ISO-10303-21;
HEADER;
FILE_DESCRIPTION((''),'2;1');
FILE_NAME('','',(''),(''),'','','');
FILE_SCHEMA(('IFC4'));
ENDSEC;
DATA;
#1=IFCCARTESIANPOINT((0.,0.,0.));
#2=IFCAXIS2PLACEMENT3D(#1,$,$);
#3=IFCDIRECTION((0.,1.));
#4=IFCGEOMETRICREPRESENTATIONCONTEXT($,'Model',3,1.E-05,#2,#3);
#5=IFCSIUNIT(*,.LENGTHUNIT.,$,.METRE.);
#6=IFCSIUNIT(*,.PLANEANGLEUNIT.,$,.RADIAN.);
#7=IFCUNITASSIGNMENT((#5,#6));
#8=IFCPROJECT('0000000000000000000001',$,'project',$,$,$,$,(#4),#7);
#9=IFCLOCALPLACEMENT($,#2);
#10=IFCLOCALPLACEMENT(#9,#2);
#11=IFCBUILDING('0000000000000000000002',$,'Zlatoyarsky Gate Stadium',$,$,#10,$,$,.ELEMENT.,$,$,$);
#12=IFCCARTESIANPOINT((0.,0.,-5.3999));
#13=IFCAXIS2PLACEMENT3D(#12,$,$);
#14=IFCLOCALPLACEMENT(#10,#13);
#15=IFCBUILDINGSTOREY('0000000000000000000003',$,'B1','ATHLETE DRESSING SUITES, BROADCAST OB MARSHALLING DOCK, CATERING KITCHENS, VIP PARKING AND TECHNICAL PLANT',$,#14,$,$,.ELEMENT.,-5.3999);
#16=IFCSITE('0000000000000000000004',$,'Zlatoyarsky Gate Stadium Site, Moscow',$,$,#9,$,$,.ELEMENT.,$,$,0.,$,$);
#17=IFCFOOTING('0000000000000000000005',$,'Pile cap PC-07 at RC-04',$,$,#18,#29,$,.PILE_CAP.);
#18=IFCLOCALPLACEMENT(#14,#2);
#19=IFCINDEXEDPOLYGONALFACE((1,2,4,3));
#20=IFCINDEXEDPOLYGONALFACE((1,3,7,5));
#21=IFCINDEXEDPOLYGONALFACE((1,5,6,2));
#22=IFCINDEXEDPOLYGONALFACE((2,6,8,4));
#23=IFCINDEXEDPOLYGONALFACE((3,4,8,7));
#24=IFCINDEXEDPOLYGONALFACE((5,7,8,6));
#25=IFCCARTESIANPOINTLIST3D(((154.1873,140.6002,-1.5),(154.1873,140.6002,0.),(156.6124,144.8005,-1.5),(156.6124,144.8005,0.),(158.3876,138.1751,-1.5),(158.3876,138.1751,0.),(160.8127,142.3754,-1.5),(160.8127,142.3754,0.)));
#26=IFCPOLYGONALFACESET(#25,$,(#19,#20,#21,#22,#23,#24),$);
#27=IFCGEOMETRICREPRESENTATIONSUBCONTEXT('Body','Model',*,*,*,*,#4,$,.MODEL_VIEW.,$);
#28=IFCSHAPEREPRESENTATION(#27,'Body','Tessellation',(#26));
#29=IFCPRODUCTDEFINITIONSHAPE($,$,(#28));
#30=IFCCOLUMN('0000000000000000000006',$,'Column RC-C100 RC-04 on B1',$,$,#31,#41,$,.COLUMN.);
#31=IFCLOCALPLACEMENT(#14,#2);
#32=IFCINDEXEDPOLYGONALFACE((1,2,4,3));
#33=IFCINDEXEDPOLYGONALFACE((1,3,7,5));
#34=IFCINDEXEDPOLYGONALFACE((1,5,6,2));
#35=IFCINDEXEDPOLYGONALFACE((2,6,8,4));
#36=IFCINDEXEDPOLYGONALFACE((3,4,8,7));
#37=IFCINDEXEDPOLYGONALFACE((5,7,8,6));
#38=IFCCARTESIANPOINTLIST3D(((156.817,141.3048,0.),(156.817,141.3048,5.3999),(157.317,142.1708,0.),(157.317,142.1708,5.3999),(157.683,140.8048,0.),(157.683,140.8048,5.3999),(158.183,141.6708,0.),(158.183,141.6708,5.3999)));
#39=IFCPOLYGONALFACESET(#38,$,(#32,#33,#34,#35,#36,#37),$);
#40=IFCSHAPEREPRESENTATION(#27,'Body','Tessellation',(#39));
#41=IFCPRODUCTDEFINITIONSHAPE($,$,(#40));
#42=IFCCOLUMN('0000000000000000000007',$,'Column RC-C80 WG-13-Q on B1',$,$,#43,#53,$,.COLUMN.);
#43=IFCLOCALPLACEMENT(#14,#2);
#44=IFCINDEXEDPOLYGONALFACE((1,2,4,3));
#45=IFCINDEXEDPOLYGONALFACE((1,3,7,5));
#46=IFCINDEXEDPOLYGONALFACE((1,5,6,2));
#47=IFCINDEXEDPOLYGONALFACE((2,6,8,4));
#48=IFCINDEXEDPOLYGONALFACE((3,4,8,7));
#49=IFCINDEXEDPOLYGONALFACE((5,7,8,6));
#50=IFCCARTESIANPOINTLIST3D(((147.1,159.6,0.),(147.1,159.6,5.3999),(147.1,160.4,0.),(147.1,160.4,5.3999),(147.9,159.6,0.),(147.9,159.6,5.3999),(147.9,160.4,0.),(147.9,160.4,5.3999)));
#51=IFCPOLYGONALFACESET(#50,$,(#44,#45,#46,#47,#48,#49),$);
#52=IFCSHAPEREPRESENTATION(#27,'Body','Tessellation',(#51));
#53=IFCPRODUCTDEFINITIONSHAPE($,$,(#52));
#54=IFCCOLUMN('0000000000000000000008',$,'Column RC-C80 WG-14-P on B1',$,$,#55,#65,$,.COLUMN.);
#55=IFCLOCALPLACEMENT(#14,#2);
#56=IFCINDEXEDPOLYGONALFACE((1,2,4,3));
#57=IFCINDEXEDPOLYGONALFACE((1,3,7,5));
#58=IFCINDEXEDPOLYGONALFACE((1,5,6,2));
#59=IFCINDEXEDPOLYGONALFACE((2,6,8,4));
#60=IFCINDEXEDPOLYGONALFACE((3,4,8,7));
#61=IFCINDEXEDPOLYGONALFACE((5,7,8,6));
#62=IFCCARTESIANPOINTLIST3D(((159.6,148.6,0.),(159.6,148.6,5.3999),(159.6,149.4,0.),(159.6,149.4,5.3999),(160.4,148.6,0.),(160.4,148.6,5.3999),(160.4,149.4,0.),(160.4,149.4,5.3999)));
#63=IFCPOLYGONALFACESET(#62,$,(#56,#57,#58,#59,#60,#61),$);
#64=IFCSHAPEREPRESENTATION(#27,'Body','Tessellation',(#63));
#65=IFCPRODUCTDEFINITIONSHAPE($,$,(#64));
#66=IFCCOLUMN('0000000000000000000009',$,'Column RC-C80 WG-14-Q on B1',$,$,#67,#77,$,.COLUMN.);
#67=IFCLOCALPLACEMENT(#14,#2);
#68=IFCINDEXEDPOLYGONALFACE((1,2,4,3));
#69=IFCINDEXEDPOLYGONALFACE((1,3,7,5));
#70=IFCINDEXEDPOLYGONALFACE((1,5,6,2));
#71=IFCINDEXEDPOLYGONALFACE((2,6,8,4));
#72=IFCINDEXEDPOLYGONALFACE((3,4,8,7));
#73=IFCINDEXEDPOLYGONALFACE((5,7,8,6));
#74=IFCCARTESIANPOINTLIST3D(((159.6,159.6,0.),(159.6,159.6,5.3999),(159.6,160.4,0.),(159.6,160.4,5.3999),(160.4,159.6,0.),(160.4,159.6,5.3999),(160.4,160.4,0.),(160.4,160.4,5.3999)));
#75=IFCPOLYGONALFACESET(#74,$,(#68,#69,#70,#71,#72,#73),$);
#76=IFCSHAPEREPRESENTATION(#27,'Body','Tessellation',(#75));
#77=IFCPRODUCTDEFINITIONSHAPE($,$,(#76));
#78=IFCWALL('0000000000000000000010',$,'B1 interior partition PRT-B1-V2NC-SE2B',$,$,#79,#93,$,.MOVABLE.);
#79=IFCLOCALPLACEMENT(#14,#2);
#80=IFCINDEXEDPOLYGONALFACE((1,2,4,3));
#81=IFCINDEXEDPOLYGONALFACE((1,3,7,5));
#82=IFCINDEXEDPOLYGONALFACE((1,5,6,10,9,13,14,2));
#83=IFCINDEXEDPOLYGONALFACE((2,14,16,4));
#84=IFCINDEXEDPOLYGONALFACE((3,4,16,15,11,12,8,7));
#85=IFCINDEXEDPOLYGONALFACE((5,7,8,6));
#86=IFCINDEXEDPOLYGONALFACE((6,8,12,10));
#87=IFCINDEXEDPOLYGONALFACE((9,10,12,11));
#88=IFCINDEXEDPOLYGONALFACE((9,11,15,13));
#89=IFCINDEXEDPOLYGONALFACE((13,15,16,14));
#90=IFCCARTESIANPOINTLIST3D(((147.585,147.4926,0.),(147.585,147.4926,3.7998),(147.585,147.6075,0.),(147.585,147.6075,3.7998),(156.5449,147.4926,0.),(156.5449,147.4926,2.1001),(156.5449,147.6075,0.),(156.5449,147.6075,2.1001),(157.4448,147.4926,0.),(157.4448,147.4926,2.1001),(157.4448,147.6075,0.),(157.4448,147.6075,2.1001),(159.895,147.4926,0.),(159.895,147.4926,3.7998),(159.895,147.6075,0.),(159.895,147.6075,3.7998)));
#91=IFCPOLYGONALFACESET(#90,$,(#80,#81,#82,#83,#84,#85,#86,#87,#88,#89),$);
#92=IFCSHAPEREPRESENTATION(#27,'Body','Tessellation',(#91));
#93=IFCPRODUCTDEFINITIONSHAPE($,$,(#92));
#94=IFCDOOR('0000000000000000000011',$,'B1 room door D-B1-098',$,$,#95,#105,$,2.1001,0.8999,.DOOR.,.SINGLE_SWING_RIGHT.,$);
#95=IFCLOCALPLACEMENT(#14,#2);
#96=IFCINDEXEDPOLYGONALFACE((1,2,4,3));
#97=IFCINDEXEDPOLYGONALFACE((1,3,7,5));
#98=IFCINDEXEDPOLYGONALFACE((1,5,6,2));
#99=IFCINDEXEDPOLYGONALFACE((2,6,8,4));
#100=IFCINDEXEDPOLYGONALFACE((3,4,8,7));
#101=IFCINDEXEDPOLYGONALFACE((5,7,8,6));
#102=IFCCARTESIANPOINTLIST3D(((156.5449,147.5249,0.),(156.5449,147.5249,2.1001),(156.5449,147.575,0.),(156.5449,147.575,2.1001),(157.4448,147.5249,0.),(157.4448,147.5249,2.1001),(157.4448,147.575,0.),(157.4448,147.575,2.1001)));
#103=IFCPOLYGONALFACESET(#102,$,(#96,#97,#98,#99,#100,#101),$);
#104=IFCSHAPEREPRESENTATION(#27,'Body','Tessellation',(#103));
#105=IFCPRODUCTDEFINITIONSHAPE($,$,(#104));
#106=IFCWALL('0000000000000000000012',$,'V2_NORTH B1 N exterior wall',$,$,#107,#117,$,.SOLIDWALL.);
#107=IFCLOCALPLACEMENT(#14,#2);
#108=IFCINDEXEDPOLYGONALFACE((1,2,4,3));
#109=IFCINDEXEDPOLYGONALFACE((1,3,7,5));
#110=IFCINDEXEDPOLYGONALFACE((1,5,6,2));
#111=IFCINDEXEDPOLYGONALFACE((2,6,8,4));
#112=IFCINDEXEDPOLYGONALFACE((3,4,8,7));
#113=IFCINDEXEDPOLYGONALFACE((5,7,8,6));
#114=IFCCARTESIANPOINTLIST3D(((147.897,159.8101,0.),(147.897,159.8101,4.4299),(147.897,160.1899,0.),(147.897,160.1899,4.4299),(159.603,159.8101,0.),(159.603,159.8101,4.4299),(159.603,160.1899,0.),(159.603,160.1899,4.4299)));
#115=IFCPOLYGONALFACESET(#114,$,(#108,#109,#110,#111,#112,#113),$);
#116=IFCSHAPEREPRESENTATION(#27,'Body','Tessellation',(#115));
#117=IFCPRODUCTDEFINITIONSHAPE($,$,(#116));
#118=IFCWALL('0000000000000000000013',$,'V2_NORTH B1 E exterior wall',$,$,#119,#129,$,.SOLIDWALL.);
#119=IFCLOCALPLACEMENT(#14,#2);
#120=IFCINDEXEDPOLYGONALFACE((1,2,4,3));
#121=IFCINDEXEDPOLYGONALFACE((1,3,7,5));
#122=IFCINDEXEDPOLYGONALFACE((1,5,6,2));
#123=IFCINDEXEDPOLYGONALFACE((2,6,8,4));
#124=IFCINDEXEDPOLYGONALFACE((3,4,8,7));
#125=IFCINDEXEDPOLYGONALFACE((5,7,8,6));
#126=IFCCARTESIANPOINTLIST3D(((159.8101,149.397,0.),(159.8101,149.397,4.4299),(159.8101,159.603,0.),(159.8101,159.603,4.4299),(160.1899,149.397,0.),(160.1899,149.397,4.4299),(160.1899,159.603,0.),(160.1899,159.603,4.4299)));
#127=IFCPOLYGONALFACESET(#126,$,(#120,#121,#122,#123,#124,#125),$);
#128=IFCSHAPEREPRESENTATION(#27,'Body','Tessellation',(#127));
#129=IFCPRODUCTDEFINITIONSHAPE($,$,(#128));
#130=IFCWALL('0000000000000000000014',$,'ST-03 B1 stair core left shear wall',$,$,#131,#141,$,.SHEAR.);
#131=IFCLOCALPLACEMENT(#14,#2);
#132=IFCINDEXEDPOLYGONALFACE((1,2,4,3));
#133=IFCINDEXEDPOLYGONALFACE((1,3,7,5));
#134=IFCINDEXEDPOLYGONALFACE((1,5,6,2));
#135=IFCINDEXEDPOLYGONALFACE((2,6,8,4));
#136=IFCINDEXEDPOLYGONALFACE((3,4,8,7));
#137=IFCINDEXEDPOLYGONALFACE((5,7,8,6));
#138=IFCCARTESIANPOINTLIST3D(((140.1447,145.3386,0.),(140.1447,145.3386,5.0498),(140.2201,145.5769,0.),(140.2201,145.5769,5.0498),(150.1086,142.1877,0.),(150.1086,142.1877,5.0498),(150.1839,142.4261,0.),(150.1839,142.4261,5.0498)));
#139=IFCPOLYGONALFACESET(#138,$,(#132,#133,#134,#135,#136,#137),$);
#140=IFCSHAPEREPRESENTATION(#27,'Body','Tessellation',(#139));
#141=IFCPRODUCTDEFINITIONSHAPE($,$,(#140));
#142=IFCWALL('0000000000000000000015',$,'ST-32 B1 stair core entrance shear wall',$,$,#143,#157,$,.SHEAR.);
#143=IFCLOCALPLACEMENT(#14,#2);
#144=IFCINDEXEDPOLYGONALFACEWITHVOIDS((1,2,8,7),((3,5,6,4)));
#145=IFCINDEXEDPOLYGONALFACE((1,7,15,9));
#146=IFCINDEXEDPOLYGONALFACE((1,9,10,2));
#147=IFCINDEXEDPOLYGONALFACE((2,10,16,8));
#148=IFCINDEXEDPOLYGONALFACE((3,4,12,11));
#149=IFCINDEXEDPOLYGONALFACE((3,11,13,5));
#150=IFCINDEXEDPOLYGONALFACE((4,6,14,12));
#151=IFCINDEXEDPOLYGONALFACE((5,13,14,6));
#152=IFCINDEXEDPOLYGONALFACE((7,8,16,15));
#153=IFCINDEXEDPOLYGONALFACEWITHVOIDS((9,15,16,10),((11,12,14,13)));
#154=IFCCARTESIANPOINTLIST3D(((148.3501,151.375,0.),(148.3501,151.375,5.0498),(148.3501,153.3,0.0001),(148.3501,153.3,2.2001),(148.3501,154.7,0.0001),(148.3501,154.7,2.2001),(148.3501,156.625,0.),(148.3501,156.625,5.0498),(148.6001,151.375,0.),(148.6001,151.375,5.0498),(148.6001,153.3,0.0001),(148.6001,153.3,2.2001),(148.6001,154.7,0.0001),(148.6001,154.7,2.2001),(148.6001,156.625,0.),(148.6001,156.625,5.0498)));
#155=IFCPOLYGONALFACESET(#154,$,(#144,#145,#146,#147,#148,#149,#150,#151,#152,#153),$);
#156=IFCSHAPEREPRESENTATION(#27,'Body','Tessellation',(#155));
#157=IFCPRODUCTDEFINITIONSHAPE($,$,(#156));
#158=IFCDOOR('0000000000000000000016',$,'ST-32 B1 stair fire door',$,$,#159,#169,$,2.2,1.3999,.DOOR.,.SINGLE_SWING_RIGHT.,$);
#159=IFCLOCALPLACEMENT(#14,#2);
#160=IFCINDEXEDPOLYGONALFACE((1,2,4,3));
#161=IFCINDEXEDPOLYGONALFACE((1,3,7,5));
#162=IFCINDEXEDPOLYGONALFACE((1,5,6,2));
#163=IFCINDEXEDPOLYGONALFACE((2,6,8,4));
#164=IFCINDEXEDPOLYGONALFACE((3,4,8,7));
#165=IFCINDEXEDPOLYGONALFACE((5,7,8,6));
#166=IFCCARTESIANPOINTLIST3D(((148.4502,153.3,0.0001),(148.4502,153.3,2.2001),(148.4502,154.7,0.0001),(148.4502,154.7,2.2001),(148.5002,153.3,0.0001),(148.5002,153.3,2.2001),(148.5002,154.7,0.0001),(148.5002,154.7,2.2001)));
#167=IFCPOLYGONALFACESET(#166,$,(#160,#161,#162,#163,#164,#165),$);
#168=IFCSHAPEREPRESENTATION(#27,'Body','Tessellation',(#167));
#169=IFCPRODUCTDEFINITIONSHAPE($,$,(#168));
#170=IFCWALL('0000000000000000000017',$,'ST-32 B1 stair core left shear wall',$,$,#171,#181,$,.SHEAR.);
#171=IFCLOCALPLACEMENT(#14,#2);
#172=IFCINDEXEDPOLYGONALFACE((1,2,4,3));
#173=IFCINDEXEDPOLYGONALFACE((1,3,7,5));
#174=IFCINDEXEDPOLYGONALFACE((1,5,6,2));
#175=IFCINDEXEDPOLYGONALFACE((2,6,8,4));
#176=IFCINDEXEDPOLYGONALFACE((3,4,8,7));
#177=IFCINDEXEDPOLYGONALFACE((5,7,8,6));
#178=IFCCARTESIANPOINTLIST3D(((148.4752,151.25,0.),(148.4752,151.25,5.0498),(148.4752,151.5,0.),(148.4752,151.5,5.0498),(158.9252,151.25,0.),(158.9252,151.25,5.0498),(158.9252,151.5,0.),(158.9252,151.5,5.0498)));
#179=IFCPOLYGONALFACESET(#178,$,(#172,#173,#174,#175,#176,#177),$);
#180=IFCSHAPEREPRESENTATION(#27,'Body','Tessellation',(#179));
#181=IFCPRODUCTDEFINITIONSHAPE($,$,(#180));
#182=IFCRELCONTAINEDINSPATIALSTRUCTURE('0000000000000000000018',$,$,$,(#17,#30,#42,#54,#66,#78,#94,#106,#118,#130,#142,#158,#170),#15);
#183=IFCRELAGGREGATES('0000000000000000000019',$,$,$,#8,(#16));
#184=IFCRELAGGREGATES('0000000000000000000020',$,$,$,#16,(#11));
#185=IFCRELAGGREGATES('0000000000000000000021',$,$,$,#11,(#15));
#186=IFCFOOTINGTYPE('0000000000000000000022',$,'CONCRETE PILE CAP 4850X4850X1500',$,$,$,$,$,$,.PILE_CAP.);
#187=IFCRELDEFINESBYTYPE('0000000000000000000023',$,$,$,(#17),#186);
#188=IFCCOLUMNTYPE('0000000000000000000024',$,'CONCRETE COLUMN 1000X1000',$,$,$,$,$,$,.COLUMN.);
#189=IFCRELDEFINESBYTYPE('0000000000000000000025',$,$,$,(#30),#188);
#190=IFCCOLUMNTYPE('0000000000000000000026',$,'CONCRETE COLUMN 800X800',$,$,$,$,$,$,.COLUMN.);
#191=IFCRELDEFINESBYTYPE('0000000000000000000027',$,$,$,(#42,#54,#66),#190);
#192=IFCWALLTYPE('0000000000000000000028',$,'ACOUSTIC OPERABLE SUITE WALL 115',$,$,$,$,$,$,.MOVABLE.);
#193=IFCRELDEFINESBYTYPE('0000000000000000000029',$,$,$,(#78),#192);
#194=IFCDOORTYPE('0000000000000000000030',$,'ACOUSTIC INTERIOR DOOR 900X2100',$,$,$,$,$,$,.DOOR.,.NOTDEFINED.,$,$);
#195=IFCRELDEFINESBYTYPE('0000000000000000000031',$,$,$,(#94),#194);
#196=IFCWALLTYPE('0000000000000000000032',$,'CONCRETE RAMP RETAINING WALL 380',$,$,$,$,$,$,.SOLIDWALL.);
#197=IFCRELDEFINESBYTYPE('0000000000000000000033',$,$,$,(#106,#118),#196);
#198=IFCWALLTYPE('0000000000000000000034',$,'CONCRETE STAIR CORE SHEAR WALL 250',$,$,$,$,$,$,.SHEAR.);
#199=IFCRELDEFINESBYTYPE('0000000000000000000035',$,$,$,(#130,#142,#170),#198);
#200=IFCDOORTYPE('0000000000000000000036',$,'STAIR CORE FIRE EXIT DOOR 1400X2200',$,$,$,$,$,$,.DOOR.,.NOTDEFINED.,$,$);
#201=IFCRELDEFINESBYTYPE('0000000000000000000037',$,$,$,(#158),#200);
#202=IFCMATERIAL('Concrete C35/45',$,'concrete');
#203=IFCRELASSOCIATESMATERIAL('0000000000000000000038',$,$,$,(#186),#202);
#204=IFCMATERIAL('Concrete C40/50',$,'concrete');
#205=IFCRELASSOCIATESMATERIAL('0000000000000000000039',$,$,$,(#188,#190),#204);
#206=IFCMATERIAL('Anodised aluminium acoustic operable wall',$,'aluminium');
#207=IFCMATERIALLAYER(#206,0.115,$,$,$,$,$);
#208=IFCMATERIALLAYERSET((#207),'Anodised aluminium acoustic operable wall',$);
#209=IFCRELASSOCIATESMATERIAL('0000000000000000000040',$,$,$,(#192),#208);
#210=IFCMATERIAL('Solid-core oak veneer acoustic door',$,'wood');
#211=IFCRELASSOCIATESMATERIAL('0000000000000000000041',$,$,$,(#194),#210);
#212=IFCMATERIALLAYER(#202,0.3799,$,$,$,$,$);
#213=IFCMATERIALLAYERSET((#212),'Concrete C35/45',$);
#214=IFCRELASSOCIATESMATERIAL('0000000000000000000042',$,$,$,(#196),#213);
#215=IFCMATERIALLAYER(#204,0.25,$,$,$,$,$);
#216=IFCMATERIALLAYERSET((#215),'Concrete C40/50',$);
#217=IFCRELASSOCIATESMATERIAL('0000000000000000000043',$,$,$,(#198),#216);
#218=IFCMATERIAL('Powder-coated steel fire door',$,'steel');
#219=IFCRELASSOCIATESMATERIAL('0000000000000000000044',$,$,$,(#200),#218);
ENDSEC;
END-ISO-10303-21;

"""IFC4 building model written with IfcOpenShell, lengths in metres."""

from ifc_helpers import new_model, si_unit, direction, frame, frame_2d, origin, origin_2d, place, context, subcontext, project, spatial, rectangle, extrude, material, layer, layer_set, material_profile, profile_set, type_object, element, fill, save


model = new_model("IFC4")

# Units and contexts
model_context = context("Model", 3, precision=1e-05, world=origin(), true_north=direction((0.0, 1.0)))
body_context = subcontext(model_context, "Body", "Model", "MODEL_VIEW")
ifc_project = project(units=[si_unit("LENGTHUNIT", "METRE"), si_unit("PLANEANGLEUNIT", "RADIAN")], contexts=[model_context])

# Site, building, storey
site_placement = place(None, origin())
site = spatial("IfcSite", under=ifc_project, at=site_placement, Name="Zlatoyarsky Gate Stadium Site, Moscow", CompositionType="ELEMENT", RefElevation=0.0)
building_placement = place(site_placement, origin())
building = spatial("IfcBuilding", under=site, at=building_placement, Name="Zlatoyarsky Gate Stadium", CompositionType="ELEMENT")
storey_placement = place(building_placement, frame((0.0, 0.0, -5.3999)))
storey = spatial("IfcBuildingStorey", under=building, at=storey_placement, Name="B1", Description="ATHLETE DRESSING SUITES, BROADCAST OB MARSHALLING DOCK, CATERING KITCHENS, VIP PARKING AND TECHNICAL PLANT", CompositionType="ELEMENT", Elevation=-5.3999)

# Shared definitions
ifc_material_1 = material(Name="Concrete C35/45", Category="concrete")

# Footing
footing_type_1 = type_object("IfcFootingType", Name="CONCRETE PILE CAP 4850X4850X1500", PredefinedType="PILE_CAP", material=ifc_material_1)
footing_1_placement = place(storey_placement, frame((157.5, 141.4878, -1.5), z_axis=(0.0, 0.0, 1.0), x_axis=(0.5, 0.866025, 0.0)))
element("IfcFooting", 1, at=footing_1_placement, inside=storey, type_object=footing_type_1, Name="Pile cap PC-07 at RC-04", PredefinedType="PILE_CAP", context=body_context, shape_type="SweptSolid", body=[
    extrude(rectangle(XDim=4.8501, YDim=4.8501, at=origin_2d()), origin(), (0.0, 0.0, 1.0), 1.5),
])

# Columns
ifc_material_2 = material(Name="Concrete C40/50", Category="concrete")
ifc_material_profile_1 = material_profile(ifc_material_2, rectangle(XDim=1.0, YDim=1.0, at=origin_2d()), Name="RC COL 1000X1000")
ifc_profile_set_1 = profile_set([ifc_material_profile_1], Name="Concrete C40/50")
column_type_1 = type_object("IfcColumnType", Name="CONCRETE COLUMN 1000X1000", PredefinedType="COLUMN", material=ifc_profile_set_1)
column_placement = place(storey_placement, frame((157.5, 141.4878, 0.0), z_axis=(0.0, 0.0, 1.0), x_axis=(0.5, 0.866025, 0.0)))
element("IfcColumn", 2, at=column_placement, inside=storey, type_object=column_type_1, Name="Column RC-C100 RC-04 on B1", PredefinedType="COLUMN", context=body_context, shape_type="SweptSolid", body=[
    extrude(rectangle(XDim=1.0, YDim=1.0, at=origin_2d()), origin(), (0.0, 0.0, 1.0), 5.3999),
])
ifc_material_profile_2 = material_profile(ifc_material_2, rectangle(XDim=0.8, YDim=0.8, at=origin_2d()), Name="RC COL 800X800")
ifc_profile_set_2 = profile_set([ifc_material_profile_2], Name="Concrete C40/50")
column_type_2 = type_object("IfcColumnType", Name="CONCRETE COLUMN 800X800", PredefinedType="COLUMN", material=ifc_profile_set_2)
for number, where, z_axis, x_axis, name in (
    (3, (147.5, 160.0, 0.0), (0.0, 0.0, 1.0), (1.0, 0.0, 0.0), "Column RC-C80 WG-13-Q on B1"),
    (4, (160.0, 149.0, 0.0), (0.0, 0.0, 1.0), (1.0, 0.0, 0.0), "Column RC-C80 WG-14-P on B1"),
    (5, (160.0, 160.0, 0.0), (0.0, 0.0, 1.0), (1.0, 0.0, 0.0), "Column RC-C80 WG-14-Q on B1"),
):
    element("IfcColumn", number, at=place(storey_placement, frame(where, z_axis=z_axis, x_axis=x_axis)), inside=storey, type_object=column_type_2, Name=name, PredefinedType="COLUMN", context=body_context, shape_type="SweptSolid", body=[
        extrude(rectangle(XDim=0.8, YDim=0.8, at=origin_2d()), origin(), (0.0, 0.0, 1.0), 5.3999),
    ])

# Wall, opening, door
ifc_material_3 = material(Name="Anodised aluminium acoustic operable wall", Category="aluminium")
ifc_layer_1 = layer(ifc_material_3, 0.115)
ifc_layer_set_1 = layer_set([ifc_layer_1], Name="Anodised aluminium acoustic operable wall")
wall_type_1 = type_object("IfcWallType", Name="ACOUSTIC OPERABLE SUITE WALL 115", PredefinedType="MOVABLE", material=ifc_layer_set_1)
wall_1_placement = place(storey_placement, frame((147.585, 147.55, 0.0), z_axis=(0.0, 0.0, 1.0), x_axis=(1.0, 0.0, 0.0)))
wall_1 = element("IfcWall", 6, at=wall_1_placement, inside=storey, type_object=wall_type_1, Name="B1 interior partition PRT-B1-V2NC-SE2B", PredefinedType="MOVABLE", context=body_context, shape_type="SweptSolid", body=[
    extrude(rectangle(XDim=12.3101, YDim=0.115, at=frame_2d((6.155, 0.0))), origin(), (0.0, 0.0, 1.0), 3.7998),
])
opening_1_placement = place(wall_1_placement, frame((8.96, 0.0, 0.0)))
opening_1 = element("IfcOpeningElement", 7, at=opening_1_placement, cuts=wall_1, PredefinedType="OPENING", context=body_context, shape_type="SweptSolid", body=[
    extrude(rectangle(XDim=0.8999, YDim=2.1001, at=frame_2d((0.45, 1.05))), frame((0.0, 0.0674, 0.0), z_axis=(0.0, -1.0, 0.0), x_axis=(1.0, 0.0, 0.0)), (0.0, 0.0, 1.0), 0.135),
])
ifc_material_4 = material(Name="Solid-core oak veneer acoustic door", Category="wood")
door_type_1 = type_object("IfcDoorType", Name="ACOUSTIC INTERIOR DOOR 900X2100", OperationType="NOTDEFINED", PredefinedType="DOOR", material=ifc_material_4)
door_1_placement = place(opening_1_placement, origin())
door_1 = element("IfcDoor", 8, at=door_1_placement, inside=storey, type_object=door_type_1, Name="B1 room door D-B1-098", OperationType="SINGLE_SWING_RIGHT", OverallHeight=2.1001, OverallWidth=0.8999, PredefinedType="DOOR", context=body_context, shape_type="SweptSolid", body=[
    extrude(rectangle(XDim=0.8999, YDim=2.1001, at=frame_2d((0.45, 1.05))), frame((0.0, 0.0249, 0.0), z_axis=(0.0, -1.0, 0.0), x_axis=(1.0, 0.0, 0.0)), (0.0, 0.0, 1.0), 0.05),
])
fill(opening_1, door_1)

# Walls
ifc_layer_2 = layer(ifc_material_1, 0.3799)
ifc_layer_set_2 = layer_set([ifc_layer_2], Name="Concrete C35/45")
wall_type_2 = type_object("IfcWallType", Name="CONCRETE RAMP RETAINING WALL 380", PredefinedType="SOLIDWALL", material=ifc_layer_set_2)
wall_2_placement = place(storey_placement, frame((147.897, 160.0, 0.0), z_axis=(0.0, 0.0, 1.0), x_axis=(1.0, 0.0, 0.0)))
element("IfcWall", 9, at=wall_2_placement, inside=storey, type_object=wall_type_2, Name="V2_NORTH B1 N exterior wall", PredefinedType="SOLIDWALL", context=body_context, shape_type="SweptSolid", body=[
    extrude(rectangle(XDim=11.7061, YDim=0.3799, at=frame_2d((5.853, 0.0))), origin(), (0.0, 0.0, 1.0), 4.4299),
])
wall_3_placement = place(storey_placement, frame((160.0, 149.397, 0.0), z_axis=(0.0, 0.0, 1.0), x_axis=(0.0, 1.0, 0.0)))
element("IfcWall", 10, at=wall_3_placement, inside=storey, type_object=wall_type_2, Name="V2_NORTH B1 E exterior wall", PredefinedType="SOLIDWALL", context=body_context, shape_type="SweptSolid", body=[
    extrude(rectangle(XDim=10.2061, YDim=0.3799, at=frame_2d((5.103, 0.0))), origin(), (0.0, 0.0, 1.0), 4.4299),
])
ifc_layer_3 = layer(ifc_material_2, 0.25)
ifc_layer_set_3 = layer_set([ifc_layer_3], Name="Concrete C40/50")
wall_type_3 = type_object("IfcWallType", Name="CONCRETE STAIR CORE SHEAR WALL 250", PredefinedType="SHEAR", material=ifc_layer_set_3)
wall_4_placement = place(storey_placement, frame((150.1462, 142.3069, 0.0), z_axis=(0.0, 0.0, 1.0), x_axis=(-0.953462, 0.301514, 0.0)))
element("IfcWall", 11, at=wall_4_placement, inside=storey, type_object=wall_type_3, Name="ST-03 B1 stair core left shear wall", PredefinedType="SHEAR", context=body_context, shape_type="SweptSolid", body=[
    extrude(rectangle(XDim=10.4502, YDim=0.25, at=frame_2d((5.2251, 0.0))), origin(), (0.0, 0.0, 1.0), 5.0498),
])

# Wall, opening, door
wall_5_placement = place(storey_placement, frame((148.4751, 156.625, 0.0), z_axis=(0.0, 0.0, 1.0), x_axis=(0.0, -1.0, 0.0)))
wall_5 = element("IfcWall", 12, at=wall_5_placement, inside=storey, type_object=wall_type_3, Name="ST-32 B1 stair core entrance shear wall", PredefinedType="SHEAR", context=body_context, shape_type="SweptSolid", body=[
    extrude(rectangle(XDim=5.25, YDim=0.25, at=frame_2d((2.625, 0.0))), origin(), (0.0, 0.0, 1.0), 5.0498),
])
opening_2_placement = place(wall_5_placement, frame((1.925, 0.0, 0.0)))
opening_2 = element("IfcOpeningElement", 13, at=opening_2_placement, cuts=wall_5, PredefinedType="OPENING", context=body_context, shape_type="SweptSolid", body=[
    extrude(rectangle(XDim=1.3999, YDim=2.2, at=frame_2d((0.7, 1.1001))), frame((0.0, 0.135, 0.0), z_axis=(0.0, -1.0, 0.0), x_axis=(1.0, 0.0, 0.0)), (0.0, 0.0, 1.0), 0.27),
])
ifc_material_5 = material(Name="Powder-coated steel fire door", Category="steel")
door_type_2 = type_object("IfcDoorType", Name="STAIR CORE FIRE EXIT DOOR 1400X2200", OperationType="NOTDEFINED", PredefinedType="DOOR", material=ifc_material_5)
door_2_placement = place(opening_2_placement, frame((1.3999, 0.0, 0.0), z_axis=(0.0, 0.0, 1.0), x_axis=(-1.0, 0.0, 0.0)))
door_2 = element("IfcDoor", 14, at=door_2_placement, inside=storey, type_object=door_type_2, Name="ST-32 B1 stair fire door", OperationType="SINGLE_SWING_RIGHT", OverallHeight=2.2, OverallWidth=1.3999, PredefinedType="DOOR", context=body_context, shape_type="SweptSolid", body=[
    extrude(rectangle(XDim=1.3999, YDim=2.2, at=frame_2d((0.7, 1.1001))), frame((0.0, 0.0249, 0.0), z_axis=(0.0, -1.0, 0.0), x_axis=(1.0, 0.0, 0.0)), (0.0, 0.0, 1.0), 0.05),
])
fill(opening_2, door_2)

# Wall
wall_6_placement = place(storey_placement, frame((148.4751, 151.375, 0.0), z_axis=(0.0, 0.0, 1.0), x_axis=(1.0, 0.0, 0.0)))
element("IfcWall", 15, at=wall_6_placement, inside=storey, type_object=wall_type_3, Name="ST-32 B1 stair core left shear wall", PredefinedType="SHEAR", context=body_context, shape_type="SweptSolid", body=[
    extrude(rectangle(XDim=10.45, YDim=0.25, at=frame_2d((5.2251, 0.0))), origin(), (0.0, 0.0, 1.0), 5.0498),
])

save(model, "model.ifc")
